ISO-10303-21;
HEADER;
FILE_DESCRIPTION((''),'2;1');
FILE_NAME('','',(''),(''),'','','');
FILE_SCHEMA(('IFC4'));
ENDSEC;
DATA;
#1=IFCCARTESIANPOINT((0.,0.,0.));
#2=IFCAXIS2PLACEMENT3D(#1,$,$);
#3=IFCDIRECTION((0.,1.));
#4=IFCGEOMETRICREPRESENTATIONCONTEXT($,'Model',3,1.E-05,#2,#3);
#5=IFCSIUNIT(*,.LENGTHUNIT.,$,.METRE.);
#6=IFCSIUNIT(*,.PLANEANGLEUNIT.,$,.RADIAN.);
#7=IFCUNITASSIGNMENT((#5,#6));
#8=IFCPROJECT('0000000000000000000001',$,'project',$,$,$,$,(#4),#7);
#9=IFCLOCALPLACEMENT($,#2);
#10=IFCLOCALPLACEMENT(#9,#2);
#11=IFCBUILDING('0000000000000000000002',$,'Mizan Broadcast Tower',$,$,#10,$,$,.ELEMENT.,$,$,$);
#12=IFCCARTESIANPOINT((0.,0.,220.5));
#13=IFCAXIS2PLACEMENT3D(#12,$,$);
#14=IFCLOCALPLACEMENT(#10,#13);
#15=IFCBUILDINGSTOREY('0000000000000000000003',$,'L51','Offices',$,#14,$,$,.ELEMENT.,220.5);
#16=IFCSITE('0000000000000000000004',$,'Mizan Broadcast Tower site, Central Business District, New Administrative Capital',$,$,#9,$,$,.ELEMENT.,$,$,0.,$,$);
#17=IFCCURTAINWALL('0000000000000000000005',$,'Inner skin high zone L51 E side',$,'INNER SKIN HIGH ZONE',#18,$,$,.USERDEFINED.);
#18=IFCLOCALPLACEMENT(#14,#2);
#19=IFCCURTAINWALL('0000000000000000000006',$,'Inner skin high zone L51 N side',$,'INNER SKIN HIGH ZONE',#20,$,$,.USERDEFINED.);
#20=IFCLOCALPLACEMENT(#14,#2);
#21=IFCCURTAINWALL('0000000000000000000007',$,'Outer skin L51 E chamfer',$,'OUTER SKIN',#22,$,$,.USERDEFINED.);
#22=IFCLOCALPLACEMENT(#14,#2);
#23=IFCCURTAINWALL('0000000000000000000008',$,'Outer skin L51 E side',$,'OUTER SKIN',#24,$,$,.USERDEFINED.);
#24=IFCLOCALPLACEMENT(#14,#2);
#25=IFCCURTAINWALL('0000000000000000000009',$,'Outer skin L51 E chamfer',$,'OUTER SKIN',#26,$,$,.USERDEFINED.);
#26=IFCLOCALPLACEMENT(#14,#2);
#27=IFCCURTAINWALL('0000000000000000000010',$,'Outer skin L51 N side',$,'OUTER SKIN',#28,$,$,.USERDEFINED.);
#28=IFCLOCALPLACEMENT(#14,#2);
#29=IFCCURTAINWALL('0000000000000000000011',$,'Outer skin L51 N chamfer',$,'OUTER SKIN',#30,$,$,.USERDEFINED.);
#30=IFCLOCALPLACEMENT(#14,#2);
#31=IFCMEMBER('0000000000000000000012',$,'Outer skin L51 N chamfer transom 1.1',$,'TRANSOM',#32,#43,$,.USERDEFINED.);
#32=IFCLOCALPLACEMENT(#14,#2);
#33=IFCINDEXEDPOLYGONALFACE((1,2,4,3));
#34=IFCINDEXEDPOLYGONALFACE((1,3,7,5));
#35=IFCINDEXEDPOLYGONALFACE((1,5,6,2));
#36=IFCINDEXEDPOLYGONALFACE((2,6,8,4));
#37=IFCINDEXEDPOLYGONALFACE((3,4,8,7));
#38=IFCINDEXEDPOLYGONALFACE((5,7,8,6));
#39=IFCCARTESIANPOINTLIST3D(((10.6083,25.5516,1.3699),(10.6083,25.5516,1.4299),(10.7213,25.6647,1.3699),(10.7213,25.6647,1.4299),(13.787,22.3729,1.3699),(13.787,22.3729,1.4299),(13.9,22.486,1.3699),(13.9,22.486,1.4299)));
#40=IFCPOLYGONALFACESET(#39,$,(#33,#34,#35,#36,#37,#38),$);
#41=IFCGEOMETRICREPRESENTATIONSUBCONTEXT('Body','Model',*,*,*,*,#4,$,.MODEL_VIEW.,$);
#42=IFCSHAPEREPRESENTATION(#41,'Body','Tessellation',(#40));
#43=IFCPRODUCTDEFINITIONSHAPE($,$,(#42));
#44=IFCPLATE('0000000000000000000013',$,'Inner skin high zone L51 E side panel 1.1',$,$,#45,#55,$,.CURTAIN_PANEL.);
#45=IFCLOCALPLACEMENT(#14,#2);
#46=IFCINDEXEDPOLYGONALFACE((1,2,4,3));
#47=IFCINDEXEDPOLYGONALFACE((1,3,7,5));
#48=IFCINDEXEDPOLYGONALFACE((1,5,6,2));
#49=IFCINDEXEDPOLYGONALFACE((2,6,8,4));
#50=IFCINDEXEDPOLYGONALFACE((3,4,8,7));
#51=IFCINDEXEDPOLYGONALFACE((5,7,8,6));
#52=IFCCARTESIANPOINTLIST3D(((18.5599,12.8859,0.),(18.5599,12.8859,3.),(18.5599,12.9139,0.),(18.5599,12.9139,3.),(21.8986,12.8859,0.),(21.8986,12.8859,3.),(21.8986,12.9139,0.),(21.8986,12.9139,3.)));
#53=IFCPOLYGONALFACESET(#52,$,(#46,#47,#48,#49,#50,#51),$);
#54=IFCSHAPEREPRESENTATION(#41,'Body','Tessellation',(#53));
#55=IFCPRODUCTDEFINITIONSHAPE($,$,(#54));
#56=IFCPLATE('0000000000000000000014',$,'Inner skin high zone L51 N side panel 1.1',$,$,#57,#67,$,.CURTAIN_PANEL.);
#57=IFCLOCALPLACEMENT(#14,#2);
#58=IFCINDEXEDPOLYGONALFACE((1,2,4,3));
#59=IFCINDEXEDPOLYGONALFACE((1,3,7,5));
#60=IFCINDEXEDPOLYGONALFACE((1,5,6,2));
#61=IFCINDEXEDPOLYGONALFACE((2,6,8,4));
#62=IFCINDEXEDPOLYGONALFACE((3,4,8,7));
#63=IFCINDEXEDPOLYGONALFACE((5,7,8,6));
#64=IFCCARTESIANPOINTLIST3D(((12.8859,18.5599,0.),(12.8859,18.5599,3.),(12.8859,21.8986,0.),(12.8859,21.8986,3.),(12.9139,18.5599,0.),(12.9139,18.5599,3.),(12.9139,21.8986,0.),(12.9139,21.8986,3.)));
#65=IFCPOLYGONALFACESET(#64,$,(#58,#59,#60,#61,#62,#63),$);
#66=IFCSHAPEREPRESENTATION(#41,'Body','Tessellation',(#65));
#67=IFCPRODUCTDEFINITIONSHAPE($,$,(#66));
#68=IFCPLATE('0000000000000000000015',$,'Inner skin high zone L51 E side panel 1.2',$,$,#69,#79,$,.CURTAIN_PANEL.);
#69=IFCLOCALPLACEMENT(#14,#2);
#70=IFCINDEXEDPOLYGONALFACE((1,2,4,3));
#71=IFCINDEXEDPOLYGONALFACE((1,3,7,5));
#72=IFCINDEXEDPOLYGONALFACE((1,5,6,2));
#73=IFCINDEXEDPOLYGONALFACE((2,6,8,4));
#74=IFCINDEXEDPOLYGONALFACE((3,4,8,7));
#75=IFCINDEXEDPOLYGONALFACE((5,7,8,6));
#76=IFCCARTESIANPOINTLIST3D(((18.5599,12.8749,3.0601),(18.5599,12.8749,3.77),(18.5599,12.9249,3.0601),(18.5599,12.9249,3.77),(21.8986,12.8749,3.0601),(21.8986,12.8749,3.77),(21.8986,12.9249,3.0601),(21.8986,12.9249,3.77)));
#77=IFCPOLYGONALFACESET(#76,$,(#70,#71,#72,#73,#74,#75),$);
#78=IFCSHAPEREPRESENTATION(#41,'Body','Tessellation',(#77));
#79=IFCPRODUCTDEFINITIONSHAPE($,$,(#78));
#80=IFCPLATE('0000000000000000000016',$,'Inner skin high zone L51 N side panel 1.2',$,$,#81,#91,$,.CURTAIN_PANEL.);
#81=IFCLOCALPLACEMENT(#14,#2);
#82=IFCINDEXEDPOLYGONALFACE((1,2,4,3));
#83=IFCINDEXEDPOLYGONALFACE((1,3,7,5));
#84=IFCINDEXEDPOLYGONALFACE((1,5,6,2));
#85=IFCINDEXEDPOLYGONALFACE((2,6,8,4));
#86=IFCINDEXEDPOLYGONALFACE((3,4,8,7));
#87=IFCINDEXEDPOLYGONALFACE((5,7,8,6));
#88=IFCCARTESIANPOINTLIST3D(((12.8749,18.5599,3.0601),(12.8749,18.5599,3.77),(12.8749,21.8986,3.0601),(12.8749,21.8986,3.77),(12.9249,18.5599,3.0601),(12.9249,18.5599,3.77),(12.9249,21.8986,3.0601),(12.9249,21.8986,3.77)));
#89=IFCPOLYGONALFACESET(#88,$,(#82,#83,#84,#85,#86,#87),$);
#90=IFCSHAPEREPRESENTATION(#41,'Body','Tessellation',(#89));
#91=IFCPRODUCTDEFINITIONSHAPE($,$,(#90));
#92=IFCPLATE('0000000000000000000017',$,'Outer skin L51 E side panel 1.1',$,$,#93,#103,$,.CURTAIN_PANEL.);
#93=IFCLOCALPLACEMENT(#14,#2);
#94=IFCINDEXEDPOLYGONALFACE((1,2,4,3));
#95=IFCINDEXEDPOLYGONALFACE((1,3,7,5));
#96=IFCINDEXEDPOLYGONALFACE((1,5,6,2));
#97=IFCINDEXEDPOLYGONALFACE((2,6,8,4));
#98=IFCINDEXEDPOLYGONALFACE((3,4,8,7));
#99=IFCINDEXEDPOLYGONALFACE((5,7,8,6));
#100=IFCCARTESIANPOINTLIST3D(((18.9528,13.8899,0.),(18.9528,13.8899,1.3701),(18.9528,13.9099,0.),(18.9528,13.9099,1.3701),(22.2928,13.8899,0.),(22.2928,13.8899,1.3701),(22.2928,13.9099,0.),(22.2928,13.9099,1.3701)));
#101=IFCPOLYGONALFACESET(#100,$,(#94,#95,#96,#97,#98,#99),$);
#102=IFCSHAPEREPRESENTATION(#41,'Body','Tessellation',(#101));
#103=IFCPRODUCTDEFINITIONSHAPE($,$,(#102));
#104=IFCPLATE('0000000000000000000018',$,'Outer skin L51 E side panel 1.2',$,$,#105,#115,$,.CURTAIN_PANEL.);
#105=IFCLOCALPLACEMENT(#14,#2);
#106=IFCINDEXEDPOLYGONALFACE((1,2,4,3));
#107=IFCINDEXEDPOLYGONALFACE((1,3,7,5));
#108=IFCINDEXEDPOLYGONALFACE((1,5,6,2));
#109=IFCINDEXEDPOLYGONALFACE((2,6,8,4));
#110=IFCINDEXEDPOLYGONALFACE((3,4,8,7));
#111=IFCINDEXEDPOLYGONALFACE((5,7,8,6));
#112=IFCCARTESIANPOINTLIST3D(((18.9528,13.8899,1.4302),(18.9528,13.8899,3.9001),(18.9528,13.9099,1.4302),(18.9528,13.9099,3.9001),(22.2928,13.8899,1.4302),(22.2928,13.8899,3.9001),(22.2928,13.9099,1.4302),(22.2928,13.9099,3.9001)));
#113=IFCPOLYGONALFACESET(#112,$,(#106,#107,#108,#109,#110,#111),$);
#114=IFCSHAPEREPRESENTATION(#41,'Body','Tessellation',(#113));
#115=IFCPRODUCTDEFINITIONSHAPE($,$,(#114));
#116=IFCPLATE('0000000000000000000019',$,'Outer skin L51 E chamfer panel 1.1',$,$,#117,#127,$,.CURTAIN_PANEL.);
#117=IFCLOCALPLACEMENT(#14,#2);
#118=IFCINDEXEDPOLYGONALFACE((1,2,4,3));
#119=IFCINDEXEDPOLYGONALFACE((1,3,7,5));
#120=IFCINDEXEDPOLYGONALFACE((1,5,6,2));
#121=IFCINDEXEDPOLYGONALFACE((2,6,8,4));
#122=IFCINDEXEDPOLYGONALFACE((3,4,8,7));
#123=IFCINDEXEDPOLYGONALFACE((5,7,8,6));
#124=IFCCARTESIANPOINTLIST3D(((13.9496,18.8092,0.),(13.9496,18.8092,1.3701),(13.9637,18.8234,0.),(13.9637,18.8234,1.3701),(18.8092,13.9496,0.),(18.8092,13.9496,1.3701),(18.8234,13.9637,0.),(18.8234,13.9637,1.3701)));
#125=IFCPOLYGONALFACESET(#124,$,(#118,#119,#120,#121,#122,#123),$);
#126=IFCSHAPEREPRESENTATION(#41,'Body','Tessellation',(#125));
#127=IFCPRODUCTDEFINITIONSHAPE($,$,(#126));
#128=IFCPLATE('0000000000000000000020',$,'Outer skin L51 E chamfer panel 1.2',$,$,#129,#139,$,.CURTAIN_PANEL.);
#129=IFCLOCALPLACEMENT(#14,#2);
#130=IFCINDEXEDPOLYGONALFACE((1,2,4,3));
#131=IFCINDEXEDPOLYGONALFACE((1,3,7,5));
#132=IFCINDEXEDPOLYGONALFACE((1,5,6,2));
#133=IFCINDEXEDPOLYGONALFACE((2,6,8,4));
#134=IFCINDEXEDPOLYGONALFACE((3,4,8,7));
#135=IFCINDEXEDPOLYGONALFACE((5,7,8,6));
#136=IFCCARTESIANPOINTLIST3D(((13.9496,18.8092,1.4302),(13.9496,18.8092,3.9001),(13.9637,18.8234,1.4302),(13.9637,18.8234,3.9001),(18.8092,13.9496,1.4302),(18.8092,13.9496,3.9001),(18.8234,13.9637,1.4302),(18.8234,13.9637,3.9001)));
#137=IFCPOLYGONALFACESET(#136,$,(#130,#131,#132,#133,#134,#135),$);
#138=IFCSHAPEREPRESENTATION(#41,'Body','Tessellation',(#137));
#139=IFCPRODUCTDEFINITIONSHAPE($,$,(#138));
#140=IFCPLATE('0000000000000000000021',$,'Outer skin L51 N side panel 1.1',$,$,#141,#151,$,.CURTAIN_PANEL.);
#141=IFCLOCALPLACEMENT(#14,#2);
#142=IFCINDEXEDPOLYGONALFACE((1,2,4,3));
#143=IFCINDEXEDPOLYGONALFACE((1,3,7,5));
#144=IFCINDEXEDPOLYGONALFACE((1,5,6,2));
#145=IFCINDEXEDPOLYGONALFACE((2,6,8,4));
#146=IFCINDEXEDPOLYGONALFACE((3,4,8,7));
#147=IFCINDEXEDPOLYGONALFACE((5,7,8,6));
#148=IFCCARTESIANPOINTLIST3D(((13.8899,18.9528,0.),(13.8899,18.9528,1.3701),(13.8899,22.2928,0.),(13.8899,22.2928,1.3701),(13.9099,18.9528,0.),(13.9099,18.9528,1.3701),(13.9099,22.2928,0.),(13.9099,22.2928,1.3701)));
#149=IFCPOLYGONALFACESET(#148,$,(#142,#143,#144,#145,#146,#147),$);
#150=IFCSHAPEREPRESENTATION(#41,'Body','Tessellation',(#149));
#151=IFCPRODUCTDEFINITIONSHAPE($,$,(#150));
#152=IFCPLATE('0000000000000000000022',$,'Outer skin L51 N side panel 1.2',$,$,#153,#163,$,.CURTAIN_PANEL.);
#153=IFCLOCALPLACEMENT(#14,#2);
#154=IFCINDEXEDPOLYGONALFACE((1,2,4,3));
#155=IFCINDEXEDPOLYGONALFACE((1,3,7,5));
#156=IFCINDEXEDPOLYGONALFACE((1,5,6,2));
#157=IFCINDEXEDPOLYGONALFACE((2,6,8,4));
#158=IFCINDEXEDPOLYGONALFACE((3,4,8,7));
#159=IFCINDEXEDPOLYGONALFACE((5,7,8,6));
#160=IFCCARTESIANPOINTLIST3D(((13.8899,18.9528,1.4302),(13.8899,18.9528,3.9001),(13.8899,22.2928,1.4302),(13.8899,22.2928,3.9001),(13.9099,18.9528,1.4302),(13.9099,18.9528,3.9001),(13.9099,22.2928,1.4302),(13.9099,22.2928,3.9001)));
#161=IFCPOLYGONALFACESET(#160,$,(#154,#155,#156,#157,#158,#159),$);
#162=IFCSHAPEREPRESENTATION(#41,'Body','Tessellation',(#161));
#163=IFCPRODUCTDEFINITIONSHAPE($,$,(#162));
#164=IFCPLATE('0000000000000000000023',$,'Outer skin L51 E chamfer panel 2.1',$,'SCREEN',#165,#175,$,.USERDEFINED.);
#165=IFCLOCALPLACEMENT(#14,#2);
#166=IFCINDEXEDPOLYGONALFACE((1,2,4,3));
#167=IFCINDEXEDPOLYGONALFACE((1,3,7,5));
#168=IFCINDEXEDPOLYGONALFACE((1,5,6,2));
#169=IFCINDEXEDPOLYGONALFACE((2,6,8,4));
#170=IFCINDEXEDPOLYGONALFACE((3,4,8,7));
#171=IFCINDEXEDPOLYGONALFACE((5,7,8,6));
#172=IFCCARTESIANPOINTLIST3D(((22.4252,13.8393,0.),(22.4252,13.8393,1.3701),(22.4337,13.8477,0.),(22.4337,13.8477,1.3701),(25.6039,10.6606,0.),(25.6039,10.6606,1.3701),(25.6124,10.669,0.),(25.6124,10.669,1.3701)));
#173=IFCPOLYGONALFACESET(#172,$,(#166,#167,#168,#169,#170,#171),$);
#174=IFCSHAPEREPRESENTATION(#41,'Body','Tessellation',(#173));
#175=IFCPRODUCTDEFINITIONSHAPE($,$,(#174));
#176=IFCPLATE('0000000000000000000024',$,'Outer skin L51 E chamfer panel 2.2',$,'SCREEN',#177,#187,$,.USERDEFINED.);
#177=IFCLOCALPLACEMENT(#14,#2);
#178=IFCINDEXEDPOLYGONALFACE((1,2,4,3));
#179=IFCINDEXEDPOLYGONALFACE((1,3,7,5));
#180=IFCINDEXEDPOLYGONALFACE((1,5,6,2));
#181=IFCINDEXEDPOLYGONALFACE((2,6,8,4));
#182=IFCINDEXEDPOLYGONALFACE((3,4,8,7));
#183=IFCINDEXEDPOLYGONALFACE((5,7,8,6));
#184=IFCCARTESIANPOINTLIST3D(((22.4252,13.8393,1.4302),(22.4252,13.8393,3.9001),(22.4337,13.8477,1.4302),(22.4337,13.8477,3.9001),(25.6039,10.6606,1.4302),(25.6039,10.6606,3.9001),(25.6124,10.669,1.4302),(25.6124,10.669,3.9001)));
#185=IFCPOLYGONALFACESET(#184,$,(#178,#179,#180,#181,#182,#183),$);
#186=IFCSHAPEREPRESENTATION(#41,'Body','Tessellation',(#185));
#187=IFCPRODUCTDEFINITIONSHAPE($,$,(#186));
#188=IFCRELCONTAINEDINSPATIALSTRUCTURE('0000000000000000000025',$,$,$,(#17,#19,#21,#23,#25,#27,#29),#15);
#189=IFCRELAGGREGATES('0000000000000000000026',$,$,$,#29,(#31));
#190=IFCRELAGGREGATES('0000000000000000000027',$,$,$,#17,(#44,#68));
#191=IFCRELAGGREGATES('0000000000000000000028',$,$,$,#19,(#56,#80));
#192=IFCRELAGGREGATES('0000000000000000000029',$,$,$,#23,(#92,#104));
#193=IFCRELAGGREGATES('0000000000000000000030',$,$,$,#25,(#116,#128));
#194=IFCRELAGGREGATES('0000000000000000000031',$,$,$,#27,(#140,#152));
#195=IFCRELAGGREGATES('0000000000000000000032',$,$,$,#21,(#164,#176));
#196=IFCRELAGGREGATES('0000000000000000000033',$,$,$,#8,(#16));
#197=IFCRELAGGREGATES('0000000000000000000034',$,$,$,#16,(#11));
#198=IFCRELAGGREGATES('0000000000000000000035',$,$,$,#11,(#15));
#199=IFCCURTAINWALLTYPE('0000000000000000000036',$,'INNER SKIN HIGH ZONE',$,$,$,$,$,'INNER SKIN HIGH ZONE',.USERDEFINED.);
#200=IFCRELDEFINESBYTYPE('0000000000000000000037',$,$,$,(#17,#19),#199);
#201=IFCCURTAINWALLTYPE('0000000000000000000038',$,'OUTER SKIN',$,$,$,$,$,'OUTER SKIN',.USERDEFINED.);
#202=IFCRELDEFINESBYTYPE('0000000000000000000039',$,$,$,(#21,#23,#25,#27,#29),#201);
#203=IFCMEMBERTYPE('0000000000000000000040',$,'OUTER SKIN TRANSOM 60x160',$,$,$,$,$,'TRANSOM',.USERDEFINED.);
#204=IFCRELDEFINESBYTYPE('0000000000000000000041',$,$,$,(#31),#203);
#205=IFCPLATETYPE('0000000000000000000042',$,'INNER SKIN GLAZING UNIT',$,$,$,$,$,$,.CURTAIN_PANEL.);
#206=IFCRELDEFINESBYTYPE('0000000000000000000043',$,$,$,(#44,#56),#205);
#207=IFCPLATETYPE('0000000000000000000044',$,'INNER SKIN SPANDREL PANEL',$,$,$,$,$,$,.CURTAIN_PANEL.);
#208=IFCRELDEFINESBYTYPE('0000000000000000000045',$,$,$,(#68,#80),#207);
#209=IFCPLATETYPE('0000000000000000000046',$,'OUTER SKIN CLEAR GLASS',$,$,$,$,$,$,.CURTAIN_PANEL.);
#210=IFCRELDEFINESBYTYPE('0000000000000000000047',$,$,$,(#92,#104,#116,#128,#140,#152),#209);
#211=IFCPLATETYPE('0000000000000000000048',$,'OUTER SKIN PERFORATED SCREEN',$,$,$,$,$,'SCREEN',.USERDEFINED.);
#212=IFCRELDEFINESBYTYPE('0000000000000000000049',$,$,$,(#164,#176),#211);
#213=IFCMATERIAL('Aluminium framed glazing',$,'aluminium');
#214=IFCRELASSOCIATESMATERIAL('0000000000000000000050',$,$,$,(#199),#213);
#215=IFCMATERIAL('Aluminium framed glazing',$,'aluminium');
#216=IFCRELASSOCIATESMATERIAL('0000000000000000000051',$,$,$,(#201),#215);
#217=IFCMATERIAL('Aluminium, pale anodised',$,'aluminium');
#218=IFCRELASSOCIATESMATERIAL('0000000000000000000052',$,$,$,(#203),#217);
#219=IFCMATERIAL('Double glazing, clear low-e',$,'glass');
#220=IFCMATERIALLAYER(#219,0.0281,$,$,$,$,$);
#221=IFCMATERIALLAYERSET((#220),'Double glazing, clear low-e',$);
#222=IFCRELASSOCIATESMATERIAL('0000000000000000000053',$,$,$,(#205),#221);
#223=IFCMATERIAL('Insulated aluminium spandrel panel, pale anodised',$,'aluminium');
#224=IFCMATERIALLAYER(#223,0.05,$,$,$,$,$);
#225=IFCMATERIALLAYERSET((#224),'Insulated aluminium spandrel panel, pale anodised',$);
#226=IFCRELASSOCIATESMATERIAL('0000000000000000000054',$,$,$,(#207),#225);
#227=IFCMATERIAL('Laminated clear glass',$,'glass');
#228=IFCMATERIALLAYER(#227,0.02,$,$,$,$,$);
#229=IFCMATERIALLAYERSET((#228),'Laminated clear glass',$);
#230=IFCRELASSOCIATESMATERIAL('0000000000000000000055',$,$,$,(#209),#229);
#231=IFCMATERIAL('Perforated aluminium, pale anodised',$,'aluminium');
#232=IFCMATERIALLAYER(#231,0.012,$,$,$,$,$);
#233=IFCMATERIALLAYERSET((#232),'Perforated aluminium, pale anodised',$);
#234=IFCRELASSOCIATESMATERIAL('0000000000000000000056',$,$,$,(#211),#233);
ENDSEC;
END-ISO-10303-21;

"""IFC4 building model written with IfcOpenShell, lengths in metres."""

from ifc_helpers import new_model, si_unit, direction, frame, origin, origin_2d, place, context, subcontext, project, spatial, rectangle, extrude, material, layer, layer_set, material_profile, profile_set, type_object, element, aggregate, save


model = new_model("IFC4")

# Units and contexts
model_context = context("Model", 3, precision=1e-05, world=origin(), true_north=direction((0.0, 1.0)))
body_context = subcontext(model_context, "Body", "Model", "MODEL_VIEW")
ifc_project = project(units=[si_unit("LENGTHUNIT", "METRE"), si_unit("PLANEANGLEUNIT", "RADIAN")], contexts=[model_context])

# Site, building, storey
site_placement = place(None, origin())
site = spatial("IfcSite", under=ifc_project, at=site_placement, Name="Mizan Broadcast Tower site, Central Business District, New Administrative Capital", CompositionType="ELEMENT", RefElevation=0.0)
building_placement = place(site_placement, origin())
building = spatial("IfcBuilding", under=site, at=building_placement, Name="Mizan Broadcast Tower", CompositionType="ELEMENT")
storey_placement = place(building_placement, frame((0.0, 0.0, 220.5)))
storey = spatial("IfcBuildingStorey", under=building, at=storey_placement, Name="L51", Description="Offices", CompositionType="ELEMENT", Elevation=220.5)

# Curtain walls
ifc_material_1 = material(Name="Aluminium framed glazing", Category="aluminium")
curtain_wall_type_1 = type_object("IfcCurtainWallType", Name="INNER SKIN HIGH ZONE", ElementType="INNER SKIN HIGH ZONE", PredefinedType="USERDEFINED", material=ifc_material_1)
curtain_wall_1_placement = place(storey_placement, origin())
curtain_wall_1 = element("IfcCurtainWall", 1, at=curtain_wall_1_placement, inside=storey, type_object=curtain_wall_type_1, Name="Inner skin high zone L51 E side", ObjectType="INNER SKIN HIGH ZONE", PredefinedType="USERDEFINED")
curtain_wall_2_placement = place(storey_placement, origin())
curtain_wall_2 = element("IfcCurtainWall", 2, at=curtain_wall_2_placement, inside=storey, type_object=curtain_wall_type_1, Name="Inner skin high zone L51 N side", ObjectType="INNER SKIN HIGH ZONE", PredefinedType="USERDEFINED")

# Curtain walls
ifc_material_2 = material(Name="Aluminium framed glazing", Category="aluminium")
curtain_wall_type_2 = type_object("IfcCurtainWallType", Name="OUTER SKIN", ElementType="OUTER SKIN", PredefinedType="USERDEFINED", material=ifc_material_2)
curtain_wall_3_placement = place(storey_placement, origin())
curtain_wall_3 = element("IfcCurtainWall", 3, at=curtain_wall_3_placement, inside=storey, type_object=curtain_wall_type_2, Name="Outer skin L51 E chamfer", ObjectType="OUTER SKIN", PredefinedType="USERDEFINED")
curtain_wall_4_placement = place(storey_placement, origin())
curtain_wall_4 = element("IfcCurtainWall", 4, at=curtain_wall_4_placement, inside=storey, type_object=curtain_wall_type_2, Name="Outer skin L51 E side", ObjectType="OUTER SKIN", PredefinedType="USERDEFINED")
curtain_wall_5_placement = place(storey_placement, origin())
curtain_wall_5 = element("IfcCurtainWall", 5, at=curtain_wall_5_placement, inside=storey, type_object=curtain_wall_type_2, Name="Outer skin L51 E chamfer", ObjectType="OUTER SKIN", PredefinedType="USERDEFINED")
curtain_wall_6_placement = place(storey_placement, origin())
curtain_wall_6 = element("IfcCurtainWall", 6, at=curtain_wall_6_placement, inside=storey, type_object=curtain_wall_type_2, Name="Outer skin L51 N side", ObjectType="OUTER SKIN", PredefinedType="USERDEFINED")

# Shared definitions
ifc_material_3 = material(Name="Aluminium, pale anodised", Category="aluminium")
ifc_material_profile_1 = material_profile(ifc_material_3, rectangle(XDim=0.1599, YDim=0.0601, at=origin_2d()), Name="TRANSOM 160x60")
ifc_profile_set_1 = profile_set([ifc_material_profile_1], Name="Aluminium, pale anodised")
member_type_1 = type_object("IfcMemberType", Name="OUTER SKIN TRANSOM 60x160", ElementType="TRANSOM", PredefinedType="USERDEFINED", material=ifc_profile_set_1)

# Curtain wall, member
curtain_wall_7_placement = place(storey_placement, origin())
curtain_wall_7 = element("IfcCurtainWall", 7, at=curtain_wall_7_placement, inside=storey, type_object=curtain_wall_type_2, Name="Outer skin L51 N chamfer", ObjectType="OUTER SKIN", PredefinedType="USERDEFINED")
member_1_placement = place(storey_placement, frame((13.8435, 22.4294, 1.3999), z_axis=(-0.707107, 0.707107, 0.0), x_axis=(-0.707107, -0.707107, 0.0)))
member_1 = element("IfcMember", 8, at=member_1_placement, type_object=member_type_1, Name="Outer skin L51 N chamfer transom 1.1", ObjectType="TRANSOM", PredefinedType="USERDEFINED", context=body_context, shape_type="SweptSolid", body=[
    extrude(rectangle(XDim=0.1599, YDim=0.0601, at=origin_2d()), origin(), (0.0, 0.0, 1.0), 4.4954),
])
aggregate(curtain_wall_7, [member_1])

# Plates
ifc_material_4 = material(Name="Double glazing, clear low-e", Category="glass")
ifc_layer_1 = layer(ifc_material_4, 0.0281)
ifc_layer_set_1 = layer_set([ifc_layer_1], Name="Double glazing, clear low-e")
plate_type_1 = type_object("IfcPlateType", Name="INNER SKIN GLAZING UNIT", PredefinedType="CURTAIN_PANEL", material=ifc_layer_set_1)
plate_1_placement = place(storey_placement, frame((20.2292, 12.8999, 0.0), z_axis=(0.0, 0.0, 1.0), x_axis=(-1.0, 0.0, 0.0)))
plate_1 = element("IfcPlate", 9, at=plate_1_placement, type_object=plate_type_1, Name="Inner skin high zone L51 E side panel 1.1", PredefinedType="CURTAIN_PANEL", context=body_context, shape_type="SweptSolid", body=[
    extrude(rectangle(XDim=3.3386, YDim=0.0281, at=origin_2d()), origin(), (0.0, 0.0, 1.0), 3.0),
])
plate_2_placement = place(storey_placement, frame((12.8999, 20.2292, 0.0), z_axis=(0.0, 0.0, 1.0), x_axis=(0.0, 1.0, 0.0)))
plate_2 = element("IfcPlate", 10, at=plate_2_placement, type_object=plate_type_1, Name="Inner skin high zone L51 N side panel 1.1", PredefinedType="CURTAIN_PANEL", context=body_context, shape_type="SweptSolid", body=[
    extrude(rectangle(XDim=3.3386, YDim=0.0281, at=origin_2d()), origin(), (0.0, 0.0, 1.0), 3.0),
])
ifc_material_5 = material(Name="Insulated aluminium spandrel panel, pale anodised", Category="aluminium")
ifc_layer_2 = layer(ifc_material_5, 0.05)
ifc_layer_set_2 = layer_set([ifc_layer_2], Name="Insulated aluminium spandrel panel, pale anodised")
plate_type_2 = type_object("IfcPlateType", Name="INNER SKIN SPANDREL PANEL", PredefinedType="CURTAIN_PANEL", material=ifc_layer_set_2)
plate_3_placement = place(storey_placement, frame((20.2292, 12.8999, 3.0601), z_axis=(0.0, 0.0, 1.0), x_axis=(-1.0, 0.0, 0.0)))
plate_3 = element("IfcPlate", 11, at=plate_3_placement, type_object=plate_type_2, Name="Inner skin high zone L51 E side panel 1.2", PredefinedType="CURTAIN_PANEL", context=body_context, shape_type="SweptSolid", body=[
    extrude(rectangle(XDim=3.3386, YDim=0.05, at=origin_2d()), origin(), (0.0, 0.0, 1.0), 0.71),
])
aggregate(curtain_wall_1, [plate_1, plate_3])
plate_4_placement = place(storey_placement, frame((12.8999, 20.2292, 3.0601), z_axis=(0.0, 0.0, 1.0), x_axis=(0.0, 1.0, 0.0)))
plate_4 = element("IfcPlate", 12, at=plate_4_placement, type_object=plate_type_2, Name="Inner skin high zone L51 N side panel 1.2", PredefinedType="CURTAIN_PANEL", context=body_context, shape_type="SweptSolid", body=[
    extrude(rectangle(XDim=3.3386, YDim=0.05, at=origin_2d()), origin(), (0.0, 0.0, 1.0), 0.71),
])
aggregate(curtain_wall_2, [plate_2, plate_4])
ifc_material_6 = material(Name="Laminated clear glass", Category="glass")
ifc_layer_3 = layer(ifc_material_6, 0.02)
ifc_layer_set_3 = layer_set([ifc_layer_3], Name="Laminated clear glass")
plate_type_3 = type_object("IfcPlateType", Name="OUTER SKIN CLEAR GLASS", PredefinedType="CURTAIN_PANEL", material=ifc_layer_set_3)
plate_5_placement = place(storey_placement, frame((20.6228, 13.8999, 0.0), z_axis=(0.0, 0.0, 1.0), x_axis=(-1.0, 0.0, 0.0)))
plate_5 = element("IfcPlate", 13, at=plate_5_placement, type_object=plate_type_3, Name="Outer skin L51 E side panel 1.1", PredefinedType="CURTAIN_PANEL", context=body_context, shape_type="SweptSolid", body=[
    extrude(rectangle(XDim=3.3401, YDim=0.02, at=origin_2d()), origin(), (0.0, 0.0, 1.0), 1.3701),
])
plate_6_placement = place(storey_placement, frame((20.6228, 13.8999, 1.4302), z_axis=(0.0, 0.0, 1.0), x_axis=(-1.0, 0.0, 0.0)))
plate_6 = element("IfcPlate", 14, at=plate_6_placement, type_object=plate_type_3, Name="Outer skin L51 E side panel 1.2", PredefinedType="CURTAIN_PANEL", context=body_context, shape_type="SweptSolid", body=[
    extrude(rectangle(XDim=3.3401, YDim=0.02, at=origin_2d()), origin(), (0.0, 0.0, 1.0), 2.47),
])
aggregate(curtain_wall_4, [plate_5, plate_6])
plate_7_placement = place(storey_placement, frame((16.3865, 16.3865, 0.0), z_axis=(0.0, 0.0, 1.0), x_axis=(-0.707107, 0.707107, 0.0)))
plate_7 = element("IfcPlate", 15, at=plate_7_placement, type_object=plate_type_3, Name="Outer skin L51 E chamfer panel 1.1", PredefinedType="CURTAIN_PANEL", context=body_context, shape_type="SweptSolid", body=[
    extrude(rectangle(XDim=6.8726, YDim=0.02, at=origin_2d()), origin(), (0.0, 0.0, 1.0), 1.3701),
])
plate_8_placement = place(storey_placement, frame((16.3865, 16.3865, 1.4302), z_axis=(0.0, 0.0, 1.0), x_axis=(-0.707107, 0.707107, 0.0)))
plate_8 = element("IfcPlate", 16, at=plate_8_placement, type_object=plate_type_3, Name="Outer skin L51 E chamfer panel 1.2", PredefinedType="CURTAIN_PANEL", context=body_context, shape_type="SweptSolid", body=[
    extrude(rectangle(XDim=6.8726, YDim=0.02, at=origin_2d()), origin(), (0.0, 0.0, 1.0), 2.47),
])
aggregate(curtain_wall_5, [plate_7, plate_8])
plate_9_placement = place(storey_placement, frame((13.8999, 20.6228, 0.0), z_axis=(0.0, 0.0, 1.0), x_axis=(0.0, 1.0, 0.0)))
plate_9 = element("IfcPlate", 17, at=plate_9_placement, type_object=plate_type_3, Name="Outer skin L51 N side panel 1.1", PredefinedType="CURTAIN_PANEL", context=body_context, shape_type="SweptSolid", body=[
    extrude(rectangle(XDim=3.3401, YDim=0.02, at=origin_2d()), origin(), (0.0, 0.0, 1.0), 1.3701),
])
plate_10_placement = place(storey_placement, frame((13.8999, 20.6228, 1.4302), z_axis=(0.0, 0.0, 1.0), x_axis=(0.0, 1.0, 0.0)))
plate_10 = element("IfcPlate", 18, at=plate_10_placement, type_object=plate_type_3, Name="Outer skin L51 N side panel 1.2", PredefinedType="CURTAIN_PANEL", context=body_context, shape_type="SweptSolid", body=[
    extrude(rectangle(XDim=3.3401, YDim=0.02, at=origin_2d()), origin(), (0.0, 0.0, 1.0), 2.47),
])
aggregate(curtain_wall_6, [plate_9, plate_10])
ifc_material_7 = material(Name="Perforated aluminium, pale anodised", Category="aluminium")
ifc_layer_4 = layer(ifc_material_7, 0.012)
ifc_layer_set_4 = layer_set([ifc_layer_4], Name="Perforated aluminium, pale anodised")
plate_type_4 = type_object("IfcPlateType", Name="OUTER SKIN PERFORATED SCREEN", ElementType="SCREEN", PredefinedType="USERDEFINED", material=ifc_layer_set_4)
plate_11_placement = place(storey_placement, frame((24.0188, 12.2542, 0.0), z_axis=(0.0, 0.0, 1.0), x_axis=(-0.707107, 0.707107, 0.0)))
plate_11 = element("IfcPlate", 19, at=plate_11_placement, type_object=plate_type_4, Name="Outer skin L51 E chamfer panel 2.1", ObjectType="SCREEN", PredefinedType="USERDEFINED", context=body_context, shape_type="SweptSolid", body=[
    extrude(rectangle(XDim=4.4954, YDim=0.012, at=origin_2d()), origin(), (0.0, 0.0, 1.0), 1.3701),
])
plate_12_placement = place(storey_placement, frame((24.0188, 12.2542, 1.4302), z_axis=(0.0, 0.0, 1.0), x_axis=(-0.707107, 0.707107, 0.0)))
plate_12 = element("IfcPlate", 20, at=plate_12_placement, type_object=plate_type_4, Name="Outer skin L51 E chamfer panel 2.2", ObjectType="SCREEN", PredefinedType="USERDEFINED", context=body_context, shape_type="SweptSolid", body=[
    extrude(rectangle(XDim=4.4954, YDim=0.012, at=origin_2d()), origin(), (0.0, 0.0, 1.0), 2.47),
])
aggregate(curtain_wall_3, [plate_11, plate_12])

save(model, "model.ifc")
